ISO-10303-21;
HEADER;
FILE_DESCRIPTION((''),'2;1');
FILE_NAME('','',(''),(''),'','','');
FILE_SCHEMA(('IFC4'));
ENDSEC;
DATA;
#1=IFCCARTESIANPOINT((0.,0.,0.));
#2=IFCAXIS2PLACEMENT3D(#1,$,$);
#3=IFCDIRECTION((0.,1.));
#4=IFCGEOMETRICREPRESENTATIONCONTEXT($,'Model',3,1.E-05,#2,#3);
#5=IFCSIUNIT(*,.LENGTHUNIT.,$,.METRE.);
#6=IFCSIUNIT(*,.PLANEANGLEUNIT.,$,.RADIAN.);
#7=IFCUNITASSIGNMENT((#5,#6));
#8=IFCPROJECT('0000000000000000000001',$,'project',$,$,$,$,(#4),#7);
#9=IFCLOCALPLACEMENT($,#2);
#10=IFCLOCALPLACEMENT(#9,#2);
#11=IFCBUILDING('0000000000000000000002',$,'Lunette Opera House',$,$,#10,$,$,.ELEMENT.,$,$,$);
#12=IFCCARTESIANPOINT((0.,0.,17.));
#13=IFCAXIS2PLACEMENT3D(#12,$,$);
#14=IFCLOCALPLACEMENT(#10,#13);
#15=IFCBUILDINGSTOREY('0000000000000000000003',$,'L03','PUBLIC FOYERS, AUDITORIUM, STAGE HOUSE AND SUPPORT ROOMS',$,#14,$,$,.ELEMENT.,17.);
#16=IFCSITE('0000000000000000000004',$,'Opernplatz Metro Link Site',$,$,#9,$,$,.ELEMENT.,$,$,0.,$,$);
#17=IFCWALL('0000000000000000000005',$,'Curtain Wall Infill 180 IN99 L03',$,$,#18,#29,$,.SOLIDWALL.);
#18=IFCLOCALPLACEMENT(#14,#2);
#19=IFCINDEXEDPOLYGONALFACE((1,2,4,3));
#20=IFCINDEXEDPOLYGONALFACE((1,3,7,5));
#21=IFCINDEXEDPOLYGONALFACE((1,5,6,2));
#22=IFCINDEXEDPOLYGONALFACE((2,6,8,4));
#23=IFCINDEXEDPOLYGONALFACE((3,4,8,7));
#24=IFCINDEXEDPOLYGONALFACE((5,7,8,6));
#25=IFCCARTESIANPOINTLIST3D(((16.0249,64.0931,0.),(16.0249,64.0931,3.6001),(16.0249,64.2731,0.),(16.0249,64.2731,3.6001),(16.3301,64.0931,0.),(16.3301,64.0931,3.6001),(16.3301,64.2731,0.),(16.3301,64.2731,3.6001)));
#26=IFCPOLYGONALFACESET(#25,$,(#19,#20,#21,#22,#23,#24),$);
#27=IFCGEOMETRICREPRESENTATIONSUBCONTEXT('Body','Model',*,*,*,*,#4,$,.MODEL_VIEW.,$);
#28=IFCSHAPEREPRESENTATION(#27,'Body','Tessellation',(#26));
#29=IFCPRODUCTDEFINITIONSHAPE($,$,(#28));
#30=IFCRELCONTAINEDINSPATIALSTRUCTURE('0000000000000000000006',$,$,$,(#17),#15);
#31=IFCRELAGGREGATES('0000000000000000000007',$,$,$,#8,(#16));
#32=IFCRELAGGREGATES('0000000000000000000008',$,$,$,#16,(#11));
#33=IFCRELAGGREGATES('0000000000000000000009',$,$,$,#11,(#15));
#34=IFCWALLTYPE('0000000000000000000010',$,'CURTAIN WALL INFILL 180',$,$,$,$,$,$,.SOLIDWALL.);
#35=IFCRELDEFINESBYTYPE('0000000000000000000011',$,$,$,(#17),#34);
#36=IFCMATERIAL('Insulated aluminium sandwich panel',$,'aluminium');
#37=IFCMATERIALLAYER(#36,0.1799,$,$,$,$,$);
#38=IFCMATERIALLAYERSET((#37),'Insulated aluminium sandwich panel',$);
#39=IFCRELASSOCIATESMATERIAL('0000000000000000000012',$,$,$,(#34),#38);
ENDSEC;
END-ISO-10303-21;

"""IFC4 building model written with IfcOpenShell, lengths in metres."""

from ifc_helpers import new_model, si_unit, direction, frame, frame_2d, origin, place, context, subcontext, project, spatial, rectangle, extrude, material, layer, layer_set, type_object, element, save


model = new_model("IFC4")

# Units and contexts
model_context = context("Model", 3, precision=1e-05, world=origin(), true_north=direction((0.0, 1.0)))
body_context = subcontext(model_context, "Body", "Model", "MODEL_VIEW")
ifc_project = project(units=[si_unit("LENGTHUNIT", "METRE"), si_unit("PLANEANGLEUNIT", "RADIAN")], contexts=[model_context])

# Site, building, storey
site_placement = place(None, origin())
site = spatial("IfcSite", under=ifc_project, at=site_placement, Name="Opernplatz Metro Link Site", CompositionType="ELEMENT", RefElevation=0.0)
building_placement = place(site_placement, origin())
building = spatial("IfcBuilding", under=site, at=building_placement, Name="Lunette Opera House", CompositionType="ELEMENT")
storey_placement = place(building_placement, frame((0.0, 0.0, 17.0)))
storey = spatial("IfcBuildingStorey", under=building, at=storey_placement, Name="L03", Description="PUBLIC FOYERS, AUDITORIUM, STAGE HOUSE AND SUPPORT ROOMS", CompositionType="ELEMENT", Elevation=17.0)

# Wall
ifc_material_1 = material(Name="Insulated aluminium sandwich panel", Category="aluminium")
ifc_layer_1 = layer(ifc_material_1, 0.1799)
ifc_layer_set_1 = layer_set([ifc_layer_1], Name="Insulated aluminium sandwich panel")
wall_type = type_object("IfcWallType", Name="CURTAIN WALL INFILL 180", PredefinedType="SOLIDWALL", material=ifc_layer_set_1)
wall_placement = place(storey_placement, frame((16.3301, 64.1831, 0.0), z_axis=(0.0, 0.0, 1.0), x_axis=(-1.0, 0.0, 0.0)))
element("IfcWall", 1, at=wall_placement, inside=storey, type_object=wall_type, Name="Curtain Wall Infill 180 IN99 L03", PredefinedType="SOLIDWALL", context=body_context, shape_type="SweptSolid", body=[
    extrude(rectangle(XDim=0.3052, YDim=0.1799, at=frame_2d((0.1526, 0.0))), origin(), (0.0, 0.0, 1.0), 3.6001),
])

save(model, "model.ifc")
